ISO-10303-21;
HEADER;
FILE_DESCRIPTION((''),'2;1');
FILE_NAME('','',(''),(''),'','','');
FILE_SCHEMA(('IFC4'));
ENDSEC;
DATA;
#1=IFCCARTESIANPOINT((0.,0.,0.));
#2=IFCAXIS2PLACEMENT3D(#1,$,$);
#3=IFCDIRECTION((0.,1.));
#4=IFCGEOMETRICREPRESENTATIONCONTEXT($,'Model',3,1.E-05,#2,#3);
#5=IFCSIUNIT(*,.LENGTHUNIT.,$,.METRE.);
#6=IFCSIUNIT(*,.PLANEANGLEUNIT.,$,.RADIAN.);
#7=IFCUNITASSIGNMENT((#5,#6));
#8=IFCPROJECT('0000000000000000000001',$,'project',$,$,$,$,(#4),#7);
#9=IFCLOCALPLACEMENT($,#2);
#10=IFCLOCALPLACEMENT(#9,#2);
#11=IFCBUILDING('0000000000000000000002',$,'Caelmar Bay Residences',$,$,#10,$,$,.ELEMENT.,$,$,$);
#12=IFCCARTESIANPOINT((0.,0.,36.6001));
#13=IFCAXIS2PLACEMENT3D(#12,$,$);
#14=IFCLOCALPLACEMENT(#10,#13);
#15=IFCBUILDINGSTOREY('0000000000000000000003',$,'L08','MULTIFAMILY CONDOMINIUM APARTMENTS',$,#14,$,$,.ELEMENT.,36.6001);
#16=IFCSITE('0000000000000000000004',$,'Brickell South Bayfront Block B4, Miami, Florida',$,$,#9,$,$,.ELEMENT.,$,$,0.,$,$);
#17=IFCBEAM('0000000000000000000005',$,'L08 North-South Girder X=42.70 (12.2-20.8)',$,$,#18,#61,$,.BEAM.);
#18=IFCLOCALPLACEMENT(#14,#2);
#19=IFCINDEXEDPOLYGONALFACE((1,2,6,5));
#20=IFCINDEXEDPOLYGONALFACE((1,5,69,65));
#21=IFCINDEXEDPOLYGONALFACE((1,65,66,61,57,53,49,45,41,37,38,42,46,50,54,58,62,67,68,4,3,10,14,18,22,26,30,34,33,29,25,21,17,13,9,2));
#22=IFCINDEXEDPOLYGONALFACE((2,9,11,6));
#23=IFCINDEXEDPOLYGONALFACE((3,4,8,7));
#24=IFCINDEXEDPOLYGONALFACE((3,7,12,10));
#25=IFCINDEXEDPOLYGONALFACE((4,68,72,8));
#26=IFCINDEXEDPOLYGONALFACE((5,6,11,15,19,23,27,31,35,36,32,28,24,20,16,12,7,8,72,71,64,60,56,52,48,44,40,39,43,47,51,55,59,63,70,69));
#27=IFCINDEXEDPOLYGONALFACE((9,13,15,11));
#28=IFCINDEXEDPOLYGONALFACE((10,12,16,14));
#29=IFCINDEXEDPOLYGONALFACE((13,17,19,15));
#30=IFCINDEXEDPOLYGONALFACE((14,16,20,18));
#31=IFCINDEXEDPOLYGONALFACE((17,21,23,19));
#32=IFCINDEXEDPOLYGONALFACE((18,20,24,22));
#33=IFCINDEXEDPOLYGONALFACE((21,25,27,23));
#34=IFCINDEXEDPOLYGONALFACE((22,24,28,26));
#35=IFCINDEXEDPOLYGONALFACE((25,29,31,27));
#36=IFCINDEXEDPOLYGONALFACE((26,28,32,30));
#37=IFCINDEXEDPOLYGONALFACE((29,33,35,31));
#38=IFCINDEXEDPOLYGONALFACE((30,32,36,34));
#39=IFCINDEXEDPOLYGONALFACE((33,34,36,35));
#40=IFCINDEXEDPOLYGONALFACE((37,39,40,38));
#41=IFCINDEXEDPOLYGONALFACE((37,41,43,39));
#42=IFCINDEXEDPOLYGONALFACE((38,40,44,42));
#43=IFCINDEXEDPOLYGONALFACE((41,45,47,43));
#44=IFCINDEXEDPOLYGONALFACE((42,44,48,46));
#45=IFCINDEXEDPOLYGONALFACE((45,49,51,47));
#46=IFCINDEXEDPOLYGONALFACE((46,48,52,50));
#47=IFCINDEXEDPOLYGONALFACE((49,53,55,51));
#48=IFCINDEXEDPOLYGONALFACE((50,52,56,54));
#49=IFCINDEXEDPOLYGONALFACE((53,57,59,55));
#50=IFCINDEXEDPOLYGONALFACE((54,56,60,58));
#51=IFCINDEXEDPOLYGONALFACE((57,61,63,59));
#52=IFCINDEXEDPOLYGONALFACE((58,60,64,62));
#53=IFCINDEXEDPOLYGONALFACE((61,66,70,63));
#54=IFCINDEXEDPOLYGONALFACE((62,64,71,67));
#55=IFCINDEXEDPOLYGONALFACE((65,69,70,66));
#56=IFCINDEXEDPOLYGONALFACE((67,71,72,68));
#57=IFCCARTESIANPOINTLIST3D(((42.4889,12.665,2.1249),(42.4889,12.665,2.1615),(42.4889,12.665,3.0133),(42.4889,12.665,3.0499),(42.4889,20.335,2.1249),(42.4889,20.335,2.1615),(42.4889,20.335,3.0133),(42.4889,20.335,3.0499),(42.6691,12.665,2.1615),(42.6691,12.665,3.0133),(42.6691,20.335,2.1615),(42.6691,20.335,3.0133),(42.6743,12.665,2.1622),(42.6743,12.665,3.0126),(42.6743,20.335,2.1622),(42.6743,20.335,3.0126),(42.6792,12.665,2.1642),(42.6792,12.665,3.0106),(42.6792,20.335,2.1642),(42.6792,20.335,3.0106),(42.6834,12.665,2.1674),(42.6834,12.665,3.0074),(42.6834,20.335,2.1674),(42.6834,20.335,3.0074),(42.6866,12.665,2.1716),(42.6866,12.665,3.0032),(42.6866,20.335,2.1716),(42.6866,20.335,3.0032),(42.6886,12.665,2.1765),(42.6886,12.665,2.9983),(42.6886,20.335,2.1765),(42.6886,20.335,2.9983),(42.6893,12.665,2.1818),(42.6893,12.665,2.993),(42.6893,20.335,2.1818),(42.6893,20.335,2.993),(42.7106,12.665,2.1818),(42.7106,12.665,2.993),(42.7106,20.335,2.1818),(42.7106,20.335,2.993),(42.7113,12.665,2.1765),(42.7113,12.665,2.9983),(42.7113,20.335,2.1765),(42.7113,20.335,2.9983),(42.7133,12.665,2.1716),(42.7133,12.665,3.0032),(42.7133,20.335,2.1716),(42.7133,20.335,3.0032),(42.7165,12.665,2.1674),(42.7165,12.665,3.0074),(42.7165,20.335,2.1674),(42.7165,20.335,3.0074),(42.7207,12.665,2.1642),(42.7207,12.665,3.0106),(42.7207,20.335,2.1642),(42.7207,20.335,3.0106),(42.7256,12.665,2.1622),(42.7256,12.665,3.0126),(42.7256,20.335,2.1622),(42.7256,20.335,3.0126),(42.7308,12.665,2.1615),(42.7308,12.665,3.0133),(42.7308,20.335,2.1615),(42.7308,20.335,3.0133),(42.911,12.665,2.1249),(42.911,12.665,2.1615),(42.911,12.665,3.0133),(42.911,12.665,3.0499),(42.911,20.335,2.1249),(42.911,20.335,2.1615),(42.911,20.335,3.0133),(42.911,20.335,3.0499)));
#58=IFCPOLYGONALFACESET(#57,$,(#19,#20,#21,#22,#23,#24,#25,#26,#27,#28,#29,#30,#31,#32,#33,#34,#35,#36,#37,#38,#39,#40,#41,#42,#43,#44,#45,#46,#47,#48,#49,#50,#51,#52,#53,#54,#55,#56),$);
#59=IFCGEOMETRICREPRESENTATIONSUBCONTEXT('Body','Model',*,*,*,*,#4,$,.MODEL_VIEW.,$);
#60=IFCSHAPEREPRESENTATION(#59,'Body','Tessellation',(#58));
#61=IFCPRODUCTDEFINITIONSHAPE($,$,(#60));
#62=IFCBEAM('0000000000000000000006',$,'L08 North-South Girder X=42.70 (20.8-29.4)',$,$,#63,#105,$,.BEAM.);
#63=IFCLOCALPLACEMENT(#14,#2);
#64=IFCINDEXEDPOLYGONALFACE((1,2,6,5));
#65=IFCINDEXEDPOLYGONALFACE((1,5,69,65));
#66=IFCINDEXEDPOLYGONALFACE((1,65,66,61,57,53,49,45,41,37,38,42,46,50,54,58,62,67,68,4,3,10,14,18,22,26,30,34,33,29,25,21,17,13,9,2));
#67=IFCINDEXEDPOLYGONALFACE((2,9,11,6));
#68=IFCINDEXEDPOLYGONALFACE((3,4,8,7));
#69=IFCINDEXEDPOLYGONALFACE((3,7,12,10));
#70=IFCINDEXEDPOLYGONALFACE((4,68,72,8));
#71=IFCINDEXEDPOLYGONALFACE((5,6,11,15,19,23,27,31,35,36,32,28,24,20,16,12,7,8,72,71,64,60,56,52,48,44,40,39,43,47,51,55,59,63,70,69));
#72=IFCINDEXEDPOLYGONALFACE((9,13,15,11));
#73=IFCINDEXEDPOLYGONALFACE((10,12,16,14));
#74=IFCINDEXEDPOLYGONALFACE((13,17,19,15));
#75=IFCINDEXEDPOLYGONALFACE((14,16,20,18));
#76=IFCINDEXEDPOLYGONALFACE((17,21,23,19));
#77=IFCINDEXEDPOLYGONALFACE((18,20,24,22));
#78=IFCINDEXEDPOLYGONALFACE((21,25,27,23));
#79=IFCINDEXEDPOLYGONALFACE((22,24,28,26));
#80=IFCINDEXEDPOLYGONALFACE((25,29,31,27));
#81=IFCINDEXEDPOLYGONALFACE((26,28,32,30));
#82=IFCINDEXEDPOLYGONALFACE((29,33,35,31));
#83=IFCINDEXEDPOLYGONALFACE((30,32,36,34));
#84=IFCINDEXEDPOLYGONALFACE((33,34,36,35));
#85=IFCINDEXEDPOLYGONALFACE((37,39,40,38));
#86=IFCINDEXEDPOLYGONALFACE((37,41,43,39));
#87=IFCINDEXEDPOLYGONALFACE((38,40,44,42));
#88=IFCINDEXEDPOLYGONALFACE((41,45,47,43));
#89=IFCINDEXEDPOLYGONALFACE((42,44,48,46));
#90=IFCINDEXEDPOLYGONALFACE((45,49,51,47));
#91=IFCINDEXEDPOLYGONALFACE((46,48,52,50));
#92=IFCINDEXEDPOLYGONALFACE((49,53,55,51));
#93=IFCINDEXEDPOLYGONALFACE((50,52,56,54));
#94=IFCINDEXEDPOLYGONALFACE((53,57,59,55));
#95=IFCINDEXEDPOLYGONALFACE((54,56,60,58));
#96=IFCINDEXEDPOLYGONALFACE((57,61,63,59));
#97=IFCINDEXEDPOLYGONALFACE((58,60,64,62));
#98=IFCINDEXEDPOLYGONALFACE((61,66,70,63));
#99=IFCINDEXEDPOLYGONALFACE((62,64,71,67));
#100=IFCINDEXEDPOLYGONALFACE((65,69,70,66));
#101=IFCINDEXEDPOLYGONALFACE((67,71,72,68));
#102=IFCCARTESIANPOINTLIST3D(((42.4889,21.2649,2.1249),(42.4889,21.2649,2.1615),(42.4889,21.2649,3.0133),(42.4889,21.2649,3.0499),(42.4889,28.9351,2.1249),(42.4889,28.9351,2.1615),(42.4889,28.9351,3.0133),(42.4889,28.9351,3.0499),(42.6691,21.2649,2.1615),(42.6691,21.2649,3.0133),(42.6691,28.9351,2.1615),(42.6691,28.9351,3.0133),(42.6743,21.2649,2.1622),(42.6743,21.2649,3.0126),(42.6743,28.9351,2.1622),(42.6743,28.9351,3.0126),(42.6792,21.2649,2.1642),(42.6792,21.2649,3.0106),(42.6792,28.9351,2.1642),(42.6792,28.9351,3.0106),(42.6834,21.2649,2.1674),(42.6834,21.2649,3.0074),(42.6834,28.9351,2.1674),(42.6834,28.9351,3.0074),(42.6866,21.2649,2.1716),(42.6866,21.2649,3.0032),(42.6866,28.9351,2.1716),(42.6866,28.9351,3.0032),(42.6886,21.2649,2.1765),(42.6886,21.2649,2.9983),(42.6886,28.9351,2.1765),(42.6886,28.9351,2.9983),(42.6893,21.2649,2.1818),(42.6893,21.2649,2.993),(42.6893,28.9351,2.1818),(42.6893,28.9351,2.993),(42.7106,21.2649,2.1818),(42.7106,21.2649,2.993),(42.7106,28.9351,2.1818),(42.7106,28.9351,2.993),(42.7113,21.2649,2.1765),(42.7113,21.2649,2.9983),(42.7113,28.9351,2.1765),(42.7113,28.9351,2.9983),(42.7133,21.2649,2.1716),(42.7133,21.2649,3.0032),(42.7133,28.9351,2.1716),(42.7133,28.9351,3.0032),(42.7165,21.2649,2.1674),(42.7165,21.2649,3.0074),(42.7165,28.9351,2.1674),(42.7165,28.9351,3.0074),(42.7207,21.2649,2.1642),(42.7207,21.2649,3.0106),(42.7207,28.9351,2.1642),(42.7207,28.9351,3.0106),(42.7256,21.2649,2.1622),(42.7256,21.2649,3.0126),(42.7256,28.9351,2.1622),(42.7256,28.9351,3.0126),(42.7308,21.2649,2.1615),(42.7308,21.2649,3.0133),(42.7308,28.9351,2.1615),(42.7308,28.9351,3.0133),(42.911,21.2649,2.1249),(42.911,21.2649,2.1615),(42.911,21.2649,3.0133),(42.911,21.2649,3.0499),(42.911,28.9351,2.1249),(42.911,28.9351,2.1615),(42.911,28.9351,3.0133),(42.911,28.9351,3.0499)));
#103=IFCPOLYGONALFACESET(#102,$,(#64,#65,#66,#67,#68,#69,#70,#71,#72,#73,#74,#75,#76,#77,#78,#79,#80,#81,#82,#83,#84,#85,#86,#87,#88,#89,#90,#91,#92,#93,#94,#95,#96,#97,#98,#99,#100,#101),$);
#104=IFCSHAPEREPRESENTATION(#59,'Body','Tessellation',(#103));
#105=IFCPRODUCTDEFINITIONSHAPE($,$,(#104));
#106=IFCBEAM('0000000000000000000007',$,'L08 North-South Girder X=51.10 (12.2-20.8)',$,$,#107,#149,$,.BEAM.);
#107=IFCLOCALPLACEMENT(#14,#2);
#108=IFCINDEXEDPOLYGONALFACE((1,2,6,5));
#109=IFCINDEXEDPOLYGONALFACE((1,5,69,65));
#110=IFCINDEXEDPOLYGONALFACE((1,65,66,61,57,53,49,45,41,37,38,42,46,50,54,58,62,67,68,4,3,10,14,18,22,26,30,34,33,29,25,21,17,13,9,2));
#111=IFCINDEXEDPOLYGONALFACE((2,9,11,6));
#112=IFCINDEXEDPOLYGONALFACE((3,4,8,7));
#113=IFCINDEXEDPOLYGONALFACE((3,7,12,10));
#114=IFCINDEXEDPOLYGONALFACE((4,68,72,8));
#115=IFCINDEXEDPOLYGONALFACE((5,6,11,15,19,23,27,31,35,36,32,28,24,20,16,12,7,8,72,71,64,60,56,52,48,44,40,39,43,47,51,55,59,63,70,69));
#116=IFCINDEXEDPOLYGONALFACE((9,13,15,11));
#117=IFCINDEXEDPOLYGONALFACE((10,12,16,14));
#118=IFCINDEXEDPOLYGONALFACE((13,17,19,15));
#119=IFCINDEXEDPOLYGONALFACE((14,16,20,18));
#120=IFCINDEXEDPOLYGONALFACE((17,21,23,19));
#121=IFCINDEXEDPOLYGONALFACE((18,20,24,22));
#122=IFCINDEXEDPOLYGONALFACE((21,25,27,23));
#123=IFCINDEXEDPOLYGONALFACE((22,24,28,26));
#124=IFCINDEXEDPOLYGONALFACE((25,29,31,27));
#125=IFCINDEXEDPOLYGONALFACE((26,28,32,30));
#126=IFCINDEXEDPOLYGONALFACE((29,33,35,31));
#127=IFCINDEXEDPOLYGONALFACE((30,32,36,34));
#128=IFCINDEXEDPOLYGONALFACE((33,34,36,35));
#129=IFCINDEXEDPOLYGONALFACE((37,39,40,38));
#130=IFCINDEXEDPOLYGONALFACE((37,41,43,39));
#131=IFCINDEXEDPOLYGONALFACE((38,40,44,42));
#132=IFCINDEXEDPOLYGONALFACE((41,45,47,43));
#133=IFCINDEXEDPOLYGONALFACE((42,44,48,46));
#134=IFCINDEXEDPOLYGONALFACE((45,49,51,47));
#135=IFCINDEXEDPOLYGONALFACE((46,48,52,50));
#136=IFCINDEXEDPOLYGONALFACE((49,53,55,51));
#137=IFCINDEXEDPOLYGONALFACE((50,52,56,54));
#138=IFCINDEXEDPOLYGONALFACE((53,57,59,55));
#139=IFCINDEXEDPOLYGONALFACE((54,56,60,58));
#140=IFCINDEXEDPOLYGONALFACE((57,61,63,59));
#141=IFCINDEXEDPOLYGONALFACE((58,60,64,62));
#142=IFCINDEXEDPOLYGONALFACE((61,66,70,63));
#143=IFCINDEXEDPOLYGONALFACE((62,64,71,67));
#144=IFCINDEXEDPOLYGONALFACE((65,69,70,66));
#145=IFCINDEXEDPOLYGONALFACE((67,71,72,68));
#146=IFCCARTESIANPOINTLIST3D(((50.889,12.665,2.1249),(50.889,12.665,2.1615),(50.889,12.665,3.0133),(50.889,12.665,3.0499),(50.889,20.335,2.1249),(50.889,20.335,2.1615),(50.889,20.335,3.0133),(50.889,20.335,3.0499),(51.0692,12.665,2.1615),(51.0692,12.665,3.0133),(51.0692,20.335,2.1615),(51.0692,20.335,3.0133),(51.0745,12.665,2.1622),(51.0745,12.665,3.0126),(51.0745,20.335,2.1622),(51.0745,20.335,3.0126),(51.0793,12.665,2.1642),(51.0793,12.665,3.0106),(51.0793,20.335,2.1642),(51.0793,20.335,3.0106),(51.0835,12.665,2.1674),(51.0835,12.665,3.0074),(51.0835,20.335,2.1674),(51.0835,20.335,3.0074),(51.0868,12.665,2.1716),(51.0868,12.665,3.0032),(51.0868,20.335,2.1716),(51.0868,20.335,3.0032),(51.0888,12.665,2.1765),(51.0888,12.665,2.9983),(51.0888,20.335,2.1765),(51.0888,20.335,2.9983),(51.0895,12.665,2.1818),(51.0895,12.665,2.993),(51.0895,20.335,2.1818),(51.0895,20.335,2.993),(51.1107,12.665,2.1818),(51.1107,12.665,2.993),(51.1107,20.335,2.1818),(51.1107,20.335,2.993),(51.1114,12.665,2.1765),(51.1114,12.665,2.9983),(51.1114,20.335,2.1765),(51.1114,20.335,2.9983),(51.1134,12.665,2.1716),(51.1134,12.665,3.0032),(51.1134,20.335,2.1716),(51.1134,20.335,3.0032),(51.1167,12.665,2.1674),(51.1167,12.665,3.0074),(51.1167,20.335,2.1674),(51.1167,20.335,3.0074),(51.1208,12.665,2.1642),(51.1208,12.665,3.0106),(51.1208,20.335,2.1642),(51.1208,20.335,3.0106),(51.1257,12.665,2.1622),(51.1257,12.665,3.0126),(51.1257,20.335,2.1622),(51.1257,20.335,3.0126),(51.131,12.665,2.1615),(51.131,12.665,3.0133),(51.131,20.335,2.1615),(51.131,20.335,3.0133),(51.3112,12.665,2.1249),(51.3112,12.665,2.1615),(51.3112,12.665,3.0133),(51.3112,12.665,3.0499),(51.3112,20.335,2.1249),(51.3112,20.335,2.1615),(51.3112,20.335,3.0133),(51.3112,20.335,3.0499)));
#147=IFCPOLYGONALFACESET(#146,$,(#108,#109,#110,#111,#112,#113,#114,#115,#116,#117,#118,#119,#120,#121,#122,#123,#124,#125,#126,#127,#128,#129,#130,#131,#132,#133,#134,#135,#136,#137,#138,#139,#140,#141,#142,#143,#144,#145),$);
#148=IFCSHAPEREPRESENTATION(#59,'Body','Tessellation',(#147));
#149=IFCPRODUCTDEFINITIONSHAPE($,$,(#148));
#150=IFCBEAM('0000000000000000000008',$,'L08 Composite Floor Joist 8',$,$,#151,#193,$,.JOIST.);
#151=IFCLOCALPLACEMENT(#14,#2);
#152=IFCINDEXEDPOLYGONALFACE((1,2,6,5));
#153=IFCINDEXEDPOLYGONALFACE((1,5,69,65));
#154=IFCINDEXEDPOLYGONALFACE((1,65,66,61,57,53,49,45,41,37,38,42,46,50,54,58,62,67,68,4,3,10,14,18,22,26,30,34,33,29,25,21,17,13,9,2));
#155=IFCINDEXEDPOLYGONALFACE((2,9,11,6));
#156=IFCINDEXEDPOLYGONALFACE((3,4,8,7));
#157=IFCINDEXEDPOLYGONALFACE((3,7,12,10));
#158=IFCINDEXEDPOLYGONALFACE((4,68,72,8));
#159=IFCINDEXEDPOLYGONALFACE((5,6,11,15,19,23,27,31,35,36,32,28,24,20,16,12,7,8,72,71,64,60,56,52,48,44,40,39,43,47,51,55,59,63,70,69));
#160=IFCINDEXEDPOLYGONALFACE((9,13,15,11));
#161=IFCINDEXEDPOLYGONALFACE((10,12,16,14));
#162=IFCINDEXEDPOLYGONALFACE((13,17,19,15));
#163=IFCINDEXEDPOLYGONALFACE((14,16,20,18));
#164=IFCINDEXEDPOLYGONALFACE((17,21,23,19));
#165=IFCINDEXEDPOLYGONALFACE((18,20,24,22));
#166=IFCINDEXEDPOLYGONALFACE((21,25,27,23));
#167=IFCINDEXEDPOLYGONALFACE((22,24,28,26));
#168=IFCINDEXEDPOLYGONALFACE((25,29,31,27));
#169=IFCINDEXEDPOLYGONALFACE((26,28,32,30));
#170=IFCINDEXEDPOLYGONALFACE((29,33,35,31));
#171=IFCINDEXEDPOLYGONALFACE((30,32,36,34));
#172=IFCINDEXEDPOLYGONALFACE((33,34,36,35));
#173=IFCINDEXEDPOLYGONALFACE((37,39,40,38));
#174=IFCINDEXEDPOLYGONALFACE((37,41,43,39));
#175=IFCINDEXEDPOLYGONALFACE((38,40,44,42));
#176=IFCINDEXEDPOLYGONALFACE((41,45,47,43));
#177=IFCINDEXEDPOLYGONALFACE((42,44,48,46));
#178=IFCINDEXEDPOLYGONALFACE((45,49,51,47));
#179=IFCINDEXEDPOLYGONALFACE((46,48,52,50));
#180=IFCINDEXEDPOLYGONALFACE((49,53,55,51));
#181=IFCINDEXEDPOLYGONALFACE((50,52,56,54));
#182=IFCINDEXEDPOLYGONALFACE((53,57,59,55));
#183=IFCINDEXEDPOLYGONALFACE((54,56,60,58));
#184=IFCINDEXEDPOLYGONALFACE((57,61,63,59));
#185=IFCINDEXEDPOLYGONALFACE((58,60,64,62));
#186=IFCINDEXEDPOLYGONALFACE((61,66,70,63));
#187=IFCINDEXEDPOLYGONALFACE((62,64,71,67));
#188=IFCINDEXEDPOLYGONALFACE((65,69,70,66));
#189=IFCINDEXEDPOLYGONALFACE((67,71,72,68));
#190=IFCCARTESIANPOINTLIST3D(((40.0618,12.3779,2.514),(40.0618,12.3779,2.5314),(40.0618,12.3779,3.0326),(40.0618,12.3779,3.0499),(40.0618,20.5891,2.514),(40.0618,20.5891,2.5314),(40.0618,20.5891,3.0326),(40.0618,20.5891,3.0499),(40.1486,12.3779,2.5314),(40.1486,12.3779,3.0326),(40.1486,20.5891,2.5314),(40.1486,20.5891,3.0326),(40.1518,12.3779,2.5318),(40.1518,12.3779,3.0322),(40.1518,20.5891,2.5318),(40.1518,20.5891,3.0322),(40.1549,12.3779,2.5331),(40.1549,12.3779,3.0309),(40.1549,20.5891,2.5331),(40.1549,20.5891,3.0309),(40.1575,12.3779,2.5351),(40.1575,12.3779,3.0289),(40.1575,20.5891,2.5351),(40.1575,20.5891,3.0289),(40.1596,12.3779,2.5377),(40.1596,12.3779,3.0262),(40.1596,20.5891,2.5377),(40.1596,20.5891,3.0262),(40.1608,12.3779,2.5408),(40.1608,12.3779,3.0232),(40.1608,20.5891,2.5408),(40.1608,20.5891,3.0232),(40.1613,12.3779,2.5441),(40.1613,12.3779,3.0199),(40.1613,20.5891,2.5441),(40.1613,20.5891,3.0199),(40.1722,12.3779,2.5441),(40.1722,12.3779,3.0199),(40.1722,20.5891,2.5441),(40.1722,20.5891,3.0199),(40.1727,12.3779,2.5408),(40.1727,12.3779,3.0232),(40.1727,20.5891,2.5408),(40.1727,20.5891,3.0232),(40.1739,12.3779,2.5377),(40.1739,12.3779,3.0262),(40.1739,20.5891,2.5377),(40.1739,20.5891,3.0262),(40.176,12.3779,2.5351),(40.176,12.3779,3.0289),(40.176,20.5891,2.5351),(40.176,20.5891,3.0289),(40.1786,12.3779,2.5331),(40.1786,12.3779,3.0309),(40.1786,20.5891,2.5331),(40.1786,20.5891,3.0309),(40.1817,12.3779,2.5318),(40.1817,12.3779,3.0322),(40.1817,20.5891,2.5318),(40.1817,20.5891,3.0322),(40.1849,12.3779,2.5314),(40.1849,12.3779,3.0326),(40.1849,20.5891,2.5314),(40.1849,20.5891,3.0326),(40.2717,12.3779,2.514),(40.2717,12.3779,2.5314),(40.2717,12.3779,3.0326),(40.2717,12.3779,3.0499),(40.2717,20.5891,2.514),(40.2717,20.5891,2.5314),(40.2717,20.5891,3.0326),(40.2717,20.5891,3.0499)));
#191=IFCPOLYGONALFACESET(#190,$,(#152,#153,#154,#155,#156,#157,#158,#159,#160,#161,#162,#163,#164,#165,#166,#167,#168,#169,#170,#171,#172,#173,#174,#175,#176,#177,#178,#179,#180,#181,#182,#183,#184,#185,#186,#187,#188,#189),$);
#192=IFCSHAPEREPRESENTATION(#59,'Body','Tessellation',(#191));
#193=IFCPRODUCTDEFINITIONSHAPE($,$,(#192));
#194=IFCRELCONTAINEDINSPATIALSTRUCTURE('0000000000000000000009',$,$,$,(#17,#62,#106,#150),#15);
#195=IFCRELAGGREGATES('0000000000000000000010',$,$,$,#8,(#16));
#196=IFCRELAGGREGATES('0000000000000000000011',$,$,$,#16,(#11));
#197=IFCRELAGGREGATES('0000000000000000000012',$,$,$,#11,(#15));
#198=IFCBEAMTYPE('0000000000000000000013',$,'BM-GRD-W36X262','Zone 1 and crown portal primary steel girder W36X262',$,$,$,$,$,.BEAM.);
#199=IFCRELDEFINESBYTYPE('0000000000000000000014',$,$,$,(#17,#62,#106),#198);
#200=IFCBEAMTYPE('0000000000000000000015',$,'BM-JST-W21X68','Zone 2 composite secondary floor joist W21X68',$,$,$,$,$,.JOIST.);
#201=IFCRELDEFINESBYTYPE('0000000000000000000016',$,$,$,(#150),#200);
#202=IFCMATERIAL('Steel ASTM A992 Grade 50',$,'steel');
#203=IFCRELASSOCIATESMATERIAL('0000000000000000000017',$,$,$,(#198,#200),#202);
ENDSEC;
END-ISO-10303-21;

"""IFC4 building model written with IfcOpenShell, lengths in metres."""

from ifc_helpers import new_model, si_unit, direction, frame, origin, origin_2d, place, context, subcontext, project, spatial, i_section, extrude, material, material_profile, profile_set, type_object, element, save


model = new_model("IFC4")

# Units and contexts
model_context = context("Model", 3, precision=1e-05, world=origin(), true_north=direction((0.0, 1.0)))
body_context = subcontext(model_context, "Body", "Model", "MODEL_VIEW")
ifc_project = project(units=[si_unit("LENGTHUNIT", "METRE"), si_unit("PLANEANGLEUNIT", "RADIAN")], contexts=[model_context])

# Site, building, storey
site_placement = place(None, origin())
site = spatial("IfcSite", under=ifc_project, at=site_placement, Name="Brickell South Bayfront Block B4, Miami, Florida", CompositionType="ELEMENT", RefElevation=0.0)
building_placement = place(site_placement, origin())
building = spatial("IfcBuilding", under=site, at=building_placement, Name="Caelmar Bay Residences", CompositionType="ELEMENT")
storey_placement = place(building_placement, frame((0.0, 0.0, 36.6001)))
storey = spatial("IfcBuildingStorey", under=building, at=storey_placement, Name="L08", Description="MULTIFAMILY CONDOMINIUM APARTMENTS", CompositionType="ELEMENT", Elevation=36.6001)

# Beams
ifc_material_1 = material(Name="Steel ASTM A992 Grade 50", Category="steel")
ifc_material_profile_1 = material_profile(ifc_material_1, i_section(OverallWidth=0.4221, OverallDepth=0.925, WebThickness=0.0212, FlangeThickness=0.0366, FilletRadius=0.0203, at=origin_2d()), Name="W36X262")
ifc_profile_set_1 = profile_set([ifc_material_profile_1], Name="Steel ASTM A992 Grade 50")
beam_type_1 = type_object("IfcBeamType", Name="BM-GRD-W36X262", Description="Zone 1 and crown portal primary steel girder W36X262", PredefinedType="BEAM", material=ifc_profile_set_1)
beam_1_placement = place(storey_placement, frame((42.7, 12.665, 2.5874), z_axis=(0.0, 1.0, 0.0), x_axis=(-1.0, 0.0, 0.0)))
element("IfcBeam", 1, at=beam_1_placement, inside=storey, type_object=beam_type_1, Name="L08 North-South Girder X=42.70 (12.2-20.8)", PredefinedType="BEAM", context=body_context, shape_type="SweptSolid", body=[
    extrude(i_section(OverallWidth=0.4221, OverallDepth=0.925, WebThickness=0.0212, FlangeThickness=0.0366, FilletRadius=0.0203, at=origin_2d()), origin(), (0.0, 0.0, 1.0), 7.6699),
])
beam_2_placement = place(storey_placement, frame((42.7, 21.2649, 2.5874), z_axis=(0.0, 1.0, 0.0), x_axis=(-1.0, 0.0, 0.0)))
element("IfcBeam", 2, at=beam_2_placement, inside=storey, type_object=beam_type_1, Name="L08 North-South Girder X=42.70 (20.8-29.4)", PredefinedType="BEAM", context=body_context, shape_type="SweptSolid", body=[
    extrude(i_section(OverallWidth=0.4221, OverallDepth=0.925, WebThickness=0.0212, FlangeThickness=0.0366, FilletRadius=0.0203, at=origin_2d()), origin(), (0.0, 0.0, 1.0), 7.6702),
])
beam_3_placement = place(storey_placement, frame((51.1001, 12.665, 2.5874), z_axis=(0.0, 1.0, 0.0), x_axis=(-1.0, 0.0, 0.0)))
element("IfcBeam", 3, at=beam_3_placement, inside=storey, type_object=beam_type_1, Name="L08 North-South Girder X=51.10 (12.2-20.8)", PredefinedType="BEAM", context=body_context, shape_type="SweptSolid", body=[
    extrude(i_section(OverallWidth=0.4221, OverallDepth=0.925, WebThickness=0.0212, FlangeThickness=0.0366, FilletRadius=0.0203, at=origin_2d()), origin(), (0.0, 0.0, 1.0), 7.6699),
])
ifc_material_profile_2 = material_profile(ifc_material_1, i_section(OverallWidth=0.21, OverallDepth=0.5359, WebThickness=0.011, FlangeThickness=0.0173, FilletRadius=0.0127, at=origin_2d()), Name="W21X68")
ifc_profile_set_2 = profile_set([ifc_material_profile_2], Name="Steel ASTM A992 Grade 50")
beam_type_2 = type_object("IfcBeamType", Name="BM-JST-W21X68", Description="Zone 2 composite secondary floor joist W21X68", PredefinedType="JOIST", material=ifc_profile_set_2)
for number, where, z_axis, x_axis, name in (
    (4, (40.1667, 12.3779, 2.782), (0.0, 1.0, 0.0), (-1.0, 0.0, 0.0), "L08 Composite Floor Joist 8"),
):
    element("IfcBeam", number, at=place(storey_placement, frame(where, z_axis=z_axis, x_axis=x_axis)), inside=storey, type_object=beam_type_2, Name=name, PredefinedType="JOIST", context=body_context, shape_type="SweptSolid", body=[
        extrude(i_section(OverallWidth=0.21, OverallDepth=0.5359, WebThickness=0.011, FlangeThickness=0.0173, FilletRadius=0.0127, at=origin_2d()), origin(), (0.0, 0.0, 1.0), 8.2112),
    ])

save(model, "model.ifc")
